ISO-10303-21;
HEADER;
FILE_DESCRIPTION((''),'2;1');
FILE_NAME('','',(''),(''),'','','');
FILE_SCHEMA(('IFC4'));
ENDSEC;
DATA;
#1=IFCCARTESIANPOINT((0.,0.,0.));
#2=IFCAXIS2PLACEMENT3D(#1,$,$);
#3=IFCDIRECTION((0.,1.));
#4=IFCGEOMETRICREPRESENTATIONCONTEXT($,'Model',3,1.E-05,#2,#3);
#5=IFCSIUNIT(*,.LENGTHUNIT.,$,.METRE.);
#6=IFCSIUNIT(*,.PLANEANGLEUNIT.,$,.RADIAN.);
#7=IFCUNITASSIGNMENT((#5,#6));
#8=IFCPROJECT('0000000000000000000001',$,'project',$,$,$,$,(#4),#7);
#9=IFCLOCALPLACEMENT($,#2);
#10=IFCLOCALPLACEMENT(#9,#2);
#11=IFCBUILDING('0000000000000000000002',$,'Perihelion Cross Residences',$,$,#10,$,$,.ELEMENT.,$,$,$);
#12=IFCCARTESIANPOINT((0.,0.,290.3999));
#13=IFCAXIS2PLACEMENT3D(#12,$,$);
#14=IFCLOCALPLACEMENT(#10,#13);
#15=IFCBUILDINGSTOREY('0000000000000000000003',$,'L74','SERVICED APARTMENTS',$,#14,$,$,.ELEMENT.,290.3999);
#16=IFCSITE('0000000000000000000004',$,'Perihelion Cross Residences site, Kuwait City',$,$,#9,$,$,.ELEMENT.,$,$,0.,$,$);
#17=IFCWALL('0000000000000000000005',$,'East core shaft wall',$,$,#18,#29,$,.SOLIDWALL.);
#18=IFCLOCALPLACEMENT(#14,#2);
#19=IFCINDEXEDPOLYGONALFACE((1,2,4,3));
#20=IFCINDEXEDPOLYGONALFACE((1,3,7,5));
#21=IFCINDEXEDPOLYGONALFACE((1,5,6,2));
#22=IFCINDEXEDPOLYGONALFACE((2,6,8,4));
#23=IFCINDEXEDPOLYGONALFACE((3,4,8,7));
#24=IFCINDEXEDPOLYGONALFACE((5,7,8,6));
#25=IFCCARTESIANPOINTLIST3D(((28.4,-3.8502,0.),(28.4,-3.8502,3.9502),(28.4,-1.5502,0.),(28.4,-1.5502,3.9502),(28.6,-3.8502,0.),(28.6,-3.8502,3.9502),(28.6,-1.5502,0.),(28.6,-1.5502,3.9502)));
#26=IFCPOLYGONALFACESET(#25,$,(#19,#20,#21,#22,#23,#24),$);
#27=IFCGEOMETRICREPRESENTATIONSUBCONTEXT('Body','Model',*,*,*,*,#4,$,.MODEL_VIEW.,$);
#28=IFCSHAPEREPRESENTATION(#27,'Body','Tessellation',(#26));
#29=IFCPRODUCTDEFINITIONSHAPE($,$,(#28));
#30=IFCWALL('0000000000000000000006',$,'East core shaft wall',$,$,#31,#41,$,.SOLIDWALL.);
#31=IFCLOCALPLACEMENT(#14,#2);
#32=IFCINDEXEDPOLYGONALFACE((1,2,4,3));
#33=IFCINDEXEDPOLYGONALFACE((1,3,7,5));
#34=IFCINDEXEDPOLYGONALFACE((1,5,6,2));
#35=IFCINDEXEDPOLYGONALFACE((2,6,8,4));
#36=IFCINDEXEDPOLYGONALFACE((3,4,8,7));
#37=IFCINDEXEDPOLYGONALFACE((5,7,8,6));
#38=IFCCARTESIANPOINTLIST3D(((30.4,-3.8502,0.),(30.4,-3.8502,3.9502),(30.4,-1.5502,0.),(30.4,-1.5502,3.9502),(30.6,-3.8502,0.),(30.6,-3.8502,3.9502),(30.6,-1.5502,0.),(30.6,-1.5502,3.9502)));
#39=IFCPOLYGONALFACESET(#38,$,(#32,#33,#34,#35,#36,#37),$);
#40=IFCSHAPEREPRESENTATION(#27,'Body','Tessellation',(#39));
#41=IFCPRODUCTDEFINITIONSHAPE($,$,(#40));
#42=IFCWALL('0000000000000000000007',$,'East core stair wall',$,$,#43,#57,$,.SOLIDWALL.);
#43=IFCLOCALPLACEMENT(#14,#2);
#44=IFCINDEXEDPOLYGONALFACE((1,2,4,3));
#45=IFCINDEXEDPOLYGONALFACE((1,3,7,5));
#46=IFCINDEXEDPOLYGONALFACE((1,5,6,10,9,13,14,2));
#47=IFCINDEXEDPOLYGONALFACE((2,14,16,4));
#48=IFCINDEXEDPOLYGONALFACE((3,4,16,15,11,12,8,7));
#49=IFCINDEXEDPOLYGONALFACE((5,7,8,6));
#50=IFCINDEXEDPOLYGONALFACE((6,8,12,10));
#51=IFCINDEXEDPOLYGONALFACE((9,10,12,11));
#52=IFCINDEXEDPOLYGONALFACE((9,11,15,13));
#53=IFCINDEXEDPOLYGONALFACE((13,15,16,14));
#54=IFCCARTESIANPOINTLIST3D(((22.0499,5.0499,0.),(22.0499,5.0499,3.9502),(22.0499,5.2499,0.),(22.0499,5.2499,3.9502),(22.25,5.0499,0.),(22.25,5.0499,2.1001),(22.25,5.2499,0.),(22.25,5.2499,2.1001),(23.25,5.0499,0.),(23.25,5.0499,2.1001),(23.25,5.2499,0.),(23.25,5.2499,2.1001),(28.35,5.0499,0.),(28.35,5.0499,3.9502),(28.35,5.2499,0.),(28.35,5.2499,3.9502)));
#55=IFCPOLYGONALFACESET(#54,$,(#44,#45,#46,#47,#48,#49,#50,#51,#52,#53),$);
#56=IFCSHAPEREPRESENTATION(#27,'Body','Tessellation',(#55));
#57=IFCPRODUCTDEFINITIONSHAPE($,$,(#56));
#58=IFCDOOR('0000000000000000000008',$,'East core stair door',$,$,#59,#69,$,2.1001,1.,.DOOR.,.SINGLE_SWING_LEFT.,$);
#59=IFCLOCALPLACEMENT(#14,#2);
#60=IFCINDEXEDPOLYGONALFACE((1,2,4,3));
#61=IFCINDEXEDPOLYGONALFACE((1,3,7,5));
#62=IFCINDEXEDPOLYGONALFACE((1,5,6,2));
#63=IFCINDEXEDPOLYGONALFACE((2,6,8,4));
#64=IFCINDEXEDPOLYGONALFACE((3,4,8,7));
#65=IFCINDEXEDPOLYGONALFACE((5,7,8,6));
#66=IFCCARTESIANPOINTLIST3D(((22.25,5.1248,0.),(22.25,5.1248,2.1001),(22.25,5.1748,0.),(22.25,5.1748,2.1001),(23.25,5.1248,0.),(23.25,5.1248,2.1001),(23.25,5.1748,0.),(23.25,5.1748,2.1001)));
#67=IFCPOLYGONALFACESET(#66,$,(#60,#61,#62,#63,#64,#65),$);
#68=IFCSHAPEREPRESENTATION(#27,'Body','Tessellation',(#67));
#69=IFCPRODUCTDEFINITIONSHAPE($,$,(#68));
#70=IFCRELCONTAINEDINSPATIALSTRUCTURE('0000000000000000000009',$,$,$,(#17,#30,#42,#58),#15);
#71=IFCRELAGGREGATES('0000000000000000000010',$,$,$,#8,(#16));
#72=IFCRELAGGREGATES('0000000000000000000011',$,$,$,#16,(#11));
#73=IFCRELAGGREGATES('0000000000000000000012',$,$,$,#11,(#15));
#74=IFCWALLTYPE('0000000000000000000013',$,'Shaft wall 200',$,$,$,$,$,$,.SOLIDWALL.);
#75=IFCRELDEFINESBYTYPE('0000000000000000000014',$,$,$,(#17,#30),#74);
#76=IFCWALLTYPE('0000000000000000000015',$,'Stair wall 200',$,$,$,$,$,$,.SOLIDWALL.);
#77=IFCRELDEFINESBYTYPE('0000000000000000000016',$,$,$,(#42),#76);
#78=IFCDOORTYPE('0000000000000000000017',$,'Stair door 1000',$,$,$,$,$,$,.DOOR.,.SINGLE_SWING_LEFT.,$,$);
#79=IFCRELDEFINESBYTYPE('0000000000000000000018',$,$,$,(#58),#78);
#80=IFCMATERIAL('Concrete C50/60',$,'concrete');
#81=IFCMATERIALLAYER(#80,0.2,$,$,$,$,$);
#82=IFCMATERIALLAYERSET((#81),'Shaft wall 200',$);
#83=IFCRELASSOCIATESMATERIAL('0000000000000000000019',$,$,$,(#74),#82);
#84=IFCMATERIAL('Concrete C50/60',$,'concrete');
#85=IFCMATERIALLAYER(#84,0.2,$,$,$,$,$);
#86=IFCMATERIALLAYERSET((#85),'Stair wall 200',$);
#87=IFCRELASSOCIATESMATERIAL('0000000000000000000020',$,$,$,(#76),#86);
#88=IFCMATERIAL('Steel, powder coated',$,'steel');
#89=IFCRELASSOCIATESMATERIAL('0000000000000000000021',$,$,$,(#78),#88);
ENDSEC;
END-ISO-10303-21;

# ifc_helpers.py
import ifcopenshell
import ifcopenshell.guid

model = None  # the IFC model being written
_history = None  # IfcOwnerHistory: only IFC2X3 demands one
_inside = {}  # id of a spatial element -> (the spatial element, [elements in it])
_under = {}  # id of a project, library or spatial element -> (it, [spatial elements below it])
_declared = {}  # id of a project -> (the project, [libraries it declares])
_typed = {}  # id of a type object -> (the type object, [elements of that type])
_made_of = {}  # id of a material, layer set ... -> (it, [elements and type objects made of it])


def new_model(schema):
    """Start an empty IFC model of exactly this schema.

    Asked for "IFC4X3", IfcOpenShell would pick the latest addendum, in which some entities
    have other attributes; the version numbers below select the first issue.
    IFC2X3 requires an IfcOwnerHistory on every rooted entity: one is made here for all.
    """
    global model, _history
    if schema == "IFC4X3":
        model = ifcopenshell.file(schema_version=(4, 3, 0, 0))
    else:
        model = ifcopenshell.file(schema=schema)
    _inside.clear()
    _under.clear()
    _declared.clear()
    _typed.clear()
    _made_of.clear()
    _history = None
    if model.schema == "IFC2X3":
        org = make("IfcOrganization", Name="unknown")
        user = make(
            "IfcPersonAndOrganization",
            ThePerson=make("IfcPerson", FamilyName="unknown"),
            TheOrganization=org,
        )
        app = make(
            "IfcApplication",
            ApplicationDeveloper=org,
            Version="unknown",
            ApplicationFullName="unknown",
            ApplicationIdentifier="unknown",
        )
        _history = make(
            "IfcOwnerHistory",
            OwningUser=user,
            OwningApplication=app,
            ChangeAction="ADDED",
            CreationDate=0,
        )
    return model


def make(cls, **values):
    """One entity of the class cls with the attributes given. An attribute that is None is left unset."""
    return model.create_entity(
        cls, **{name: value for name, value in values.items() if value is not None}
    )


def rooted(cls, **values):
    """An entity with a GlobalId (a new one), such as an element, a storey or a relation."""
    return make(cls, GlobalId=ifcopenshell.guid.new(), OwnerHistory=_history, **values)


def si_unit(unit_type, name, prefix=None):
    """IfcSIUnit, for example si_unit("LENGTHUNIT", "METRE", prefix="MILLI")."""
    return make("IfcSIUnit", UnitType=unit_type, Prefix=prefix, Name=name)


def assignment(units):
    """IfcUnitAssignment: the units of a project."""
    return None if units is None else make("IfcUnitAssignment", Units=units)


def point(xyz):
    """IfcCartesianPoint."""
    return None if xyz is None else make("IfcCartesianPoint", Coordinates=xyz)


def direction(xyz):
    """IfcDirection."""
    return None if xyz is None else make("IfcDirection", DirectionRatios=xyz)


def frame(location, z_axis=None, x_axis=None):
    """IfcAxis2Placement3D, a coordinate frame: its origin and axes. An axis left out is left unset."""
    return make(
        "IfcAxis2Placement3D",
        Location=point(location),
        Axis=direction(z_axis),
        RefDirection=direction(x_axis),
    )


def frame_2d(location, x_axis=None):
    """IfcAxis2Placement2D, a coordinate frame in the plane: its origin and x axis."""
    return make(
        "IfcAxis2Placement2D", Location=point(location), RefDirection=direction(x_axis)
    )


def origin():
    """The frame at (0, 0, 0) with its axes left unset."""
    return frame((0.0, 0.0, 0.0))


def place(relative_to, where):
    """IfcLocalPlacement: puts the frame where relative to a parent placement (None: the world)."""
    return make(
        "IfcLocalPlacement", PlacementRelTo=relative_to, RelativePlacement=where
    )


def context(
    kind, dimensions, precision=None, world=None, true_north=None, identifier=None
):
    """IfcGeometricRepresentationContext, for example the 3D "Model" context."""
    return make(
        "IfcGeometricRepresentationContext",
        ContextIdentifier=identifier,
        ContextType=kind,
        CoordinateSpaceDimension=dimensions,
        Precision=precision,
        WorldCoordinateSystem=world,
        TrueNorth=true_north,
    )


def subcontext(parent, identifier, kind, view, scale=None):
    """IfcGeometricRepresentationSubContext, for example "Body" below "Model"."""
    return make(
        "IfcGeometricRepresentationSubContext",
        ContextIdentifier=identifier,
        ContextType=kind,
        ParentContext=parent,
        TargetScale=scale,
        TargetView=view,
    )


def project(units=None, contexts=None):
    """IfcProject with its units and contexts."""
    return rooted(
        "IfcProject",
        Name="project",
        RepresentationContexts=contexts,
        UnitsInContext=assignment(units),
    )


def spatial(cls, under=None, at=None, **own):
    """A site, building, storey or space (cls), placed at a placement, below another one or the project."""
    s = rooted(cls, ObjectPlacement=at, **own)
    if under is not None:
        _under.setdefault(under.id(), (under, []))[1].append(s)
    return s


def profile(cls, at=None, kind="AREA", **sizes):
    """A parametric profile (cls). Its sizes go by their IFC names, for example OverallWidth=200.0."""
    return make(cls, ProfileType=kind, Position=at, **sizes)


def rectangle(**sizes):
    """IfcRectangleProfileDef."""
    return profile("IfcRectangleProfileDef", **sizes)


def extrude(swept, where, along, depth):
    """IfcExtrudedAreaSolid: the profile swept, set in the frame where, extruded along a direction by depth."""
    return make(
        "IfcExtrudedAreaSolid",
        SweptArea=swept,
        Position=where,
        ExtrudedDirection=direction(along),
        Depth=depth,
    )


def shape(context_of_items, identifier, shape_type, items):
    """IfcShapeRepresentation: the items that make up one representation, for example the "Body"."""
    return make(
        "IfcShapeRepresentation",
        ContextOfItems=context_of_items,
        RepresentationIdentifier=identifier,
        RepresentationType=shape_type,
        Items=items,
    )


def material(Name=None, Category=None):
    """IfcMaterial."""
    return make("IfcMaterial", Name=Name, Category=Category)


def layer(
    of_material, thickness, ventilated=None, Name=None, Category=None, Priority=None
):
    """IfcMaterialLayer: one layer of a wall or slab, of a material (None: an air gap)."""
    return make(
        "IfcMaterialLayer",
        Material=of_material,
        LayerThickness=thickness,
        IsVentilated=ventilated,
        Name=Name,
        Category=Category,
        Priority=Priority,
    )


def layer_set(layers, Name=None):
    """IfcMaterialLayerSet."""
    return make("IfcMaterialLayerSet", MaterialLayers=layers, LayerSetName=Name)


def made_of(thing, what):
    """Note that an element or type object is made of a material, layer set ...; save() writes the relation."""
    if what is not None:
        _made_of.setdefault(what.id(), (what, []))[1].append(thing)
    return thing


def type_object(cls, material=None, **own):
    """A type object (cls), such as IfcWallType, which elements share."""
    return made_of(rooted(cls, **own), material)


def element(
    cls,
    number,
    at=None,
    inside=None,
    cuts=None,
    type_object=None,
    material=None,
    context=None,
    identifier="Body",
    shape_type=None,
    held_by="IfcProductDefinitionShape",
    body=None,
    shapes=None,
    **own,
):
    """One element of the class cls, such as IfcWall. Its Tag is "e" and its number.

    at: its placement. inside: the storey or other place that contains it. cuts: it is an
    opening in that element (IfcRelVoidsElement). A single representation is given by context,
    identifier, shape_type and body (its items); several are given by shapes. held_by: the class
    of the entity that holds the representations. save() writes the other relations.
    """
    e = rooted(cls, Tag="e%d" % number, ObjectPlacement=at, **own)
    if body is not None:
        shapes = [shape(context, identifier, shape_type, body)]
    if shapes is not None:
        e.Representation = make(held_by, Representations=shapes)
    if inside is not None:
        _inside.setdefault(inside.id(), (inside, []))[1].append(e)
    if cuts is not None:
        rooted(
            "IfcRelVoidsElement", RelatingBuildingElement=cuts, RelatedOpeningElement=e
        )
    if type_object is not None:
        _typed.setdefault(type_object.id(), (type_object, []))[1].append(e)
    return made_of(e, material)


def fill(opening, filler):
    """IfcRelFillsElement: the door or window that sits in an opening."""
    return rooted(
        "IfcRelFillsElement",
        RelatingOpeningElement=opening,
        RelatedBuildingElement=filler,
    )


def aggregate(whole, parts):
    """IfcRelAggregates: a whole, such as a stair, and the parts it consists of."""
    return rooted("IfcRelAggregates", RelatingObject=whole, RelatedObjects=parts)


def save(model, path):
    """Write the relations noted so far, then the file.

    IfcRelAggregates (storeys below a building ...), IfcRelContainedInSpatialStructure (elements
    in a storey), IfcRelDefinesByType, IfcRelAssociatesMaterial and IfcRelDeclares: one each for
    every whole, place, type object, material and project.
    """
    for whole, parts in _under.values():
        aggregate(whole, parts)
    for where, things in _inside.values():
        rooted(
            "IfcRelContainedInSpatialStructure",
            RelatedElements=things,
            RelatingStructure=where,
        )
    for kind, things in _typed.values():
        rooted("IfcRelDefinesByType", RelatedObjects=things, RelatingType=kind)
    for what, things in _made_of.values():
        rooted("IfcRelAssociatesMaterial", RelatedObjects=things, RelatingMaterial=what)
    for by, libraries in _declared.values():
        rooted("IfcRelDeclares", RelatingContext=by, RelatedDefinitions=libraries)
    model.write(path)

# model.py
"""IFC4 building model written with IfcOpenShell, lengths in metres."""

from ifc_helpers import new_model, si_unit, direction, frame, frame_2d, origin, place, context, subcontext, project, spatial, rectangle, extrude, material, layer, layer_set, type_object, element, fill, save


model = new_model("IFC4")

# Units and contexts
model_context = context("Model", 3, precision=1e-05, world=origin(), true_north=direction((0.0, 1.0)))
body_context = subcontext(model_context, "Body", "Model", "MODEL_VIEW")
ifc_project = project(units=[si_unit("LENGTHUNIT", "METRE"), si_unit("PLANEANGLEUNIT", "RADIAN")], contexts=[model_context])

# Site, building, storey
site_placement = place(None, origin())
site = spatial("IfcSite", under=ifc_project, at=site_placement, Name="Perihelion Cross Residences site, Kuwait City", CompositionType="ELEMENT", RefElevation=0.0)
building_placement = place(site_placement, origin())
building = spatial("IfcBuilding", under=site, at=building_placement, Name="Perihelion Cross Residences", CompositionType="ELEMENT")
storey_placement = place(building_placement, frame((0.0, 0.0, 290.3999)))
storey = spatial("IfcBuildingStorey", under=building, at=storey_placement, Name="L74", Description="SERVICED APARTMENTS", CompositionType="ELEMENT", Elevation=290.3999)

# Shared definitions
ifc_material_1 = material(Name="Concrete C50/60", Category="concrete")
ifc_layer_1 = layer(ifc_material_1, 0.2)
ifc_layer_set_1 = layer_set([ifc_layer_1], Name="Shaft wall 200")
wall_type_1 = type_object("IfcWallType", Name="Shaft wall 200", PredefinedType="SOLIDWALL", material=ifc_layer_set_1)

# Walls
for number, where, z_axis, x_axis, name in (
    (1, (28.5, -3.8501, 0.0), (0.0, 0.0, 1.0), (0.0, 1.0, 0.0), "East core shaft wall"),
    (2, (30.5, -3.8501, 0.0), (0.0, 0.0, 1.0), (0.0, 1.0, 0.0), "East core shaft wall"),
):
    element("IfcWall", number, at=place(storey_placement, frame(where, z_axis=z_axis, x_axis=x_axis)), inside=storey, type_object=wall_type_1, Name=name, PredefinedType="SOLIDWALL", context=body_context, shape_type="SweptSolid", body=[
        extrude(rectangle(XDim=2.3, YDim=0.2, at=frame_2d((1.1499, 0.0))), origin(), (0.0, 0.0, 1.0), 3.9502),
    ])

# Wall, opening, door
ifc_material_2 = material(Name="Concrete C50/60", Category="concrete")
ifc_layer_2 = layer(ifc_material_2, 0.2)
ifc_layer_set_2 = layer_set([ifc_layer_2], Name="Stair wall 200")
wall_type_2 = type_object("IfcWallType", Name="Stair wall 200", PredefinedType="SOLIDWALL", material=ifc_layer_set_2)
wall_1_placement = place(storey_placement, frame((22.05, 5.1499, 0.0), z_axis=(0.0, 0.0, 1.0), x_axis=(1.0, 0.0, 0.0)))
wall_1 = element("IfcWall", 3, at=wall_1_placement, inside=storey, type_object=wall_type_2, Name="East core stair wall", PredefinedType="SOLIDWALL", context=body_context, shape_type="SweptSolid", body=[
    extrude(rectangle(XDim=6.3, YDim=0.2, at=frame_2d((3.1499, 0.0))), origin(), (0.0, 0.0, 1.0), 3.9502),
])
opening_1_placement = place(wall_1_placement, frame((0.2, 0.0, 0.0)))
opening_1 = element("IfcOpeningElement", 4, at=opening_1_placement, cuts=wall_1, PredefinedType="OPENING", context=body_context, shape_type="SweptSolid", body=[
    extrude(rectangle(XDim=1.0, YDim=2.1001, at=frame_2d((0.5, 1.05))), frame((0.0, 0.1099, 0.0), z_axis=(0.0, -1.0, 0.0), x_axis=(1.0, 0.0, 0.0)), (0.0, 0.0, 1.0), 0.22),
])
ifc_material_3 = material(Name="Steel, powder coated", Category="steel")
door_type_1 = type_object("IfcDoorType", Name="Stair door 1000", OperationType="SINGLE_SWING_LEFT", PredefinedType="DOOR", material=ifc_material_3)
door_1_placement = place(opening_1_placement, origin())
door_1 = element("IfcDoor", 5, at=door_1_placement, inside=storey, type_object=door_type_1, Name="East core stair door", OperationType="SINGLE_SWING_LEFT", OverallHeight=2.1001, OverallWidth=1.0, PredefinedType="DOOR", context=body_context, shape_type="SweptSolid", body=[
    extrude(rectangle(XDim=1.0, YDim=2.1001, at=frame_2d((0.5, 1.05))), frame((0.0, 0.0249, 0.0), z_axis=(0.0, -1.0, 0.0), x_axis=(1.0, 0.0, 0.0)), (0.0, 0.0, 1.0), 0.05),
])
fill(opening_1, door_1)

save(model, "model.ifc")
